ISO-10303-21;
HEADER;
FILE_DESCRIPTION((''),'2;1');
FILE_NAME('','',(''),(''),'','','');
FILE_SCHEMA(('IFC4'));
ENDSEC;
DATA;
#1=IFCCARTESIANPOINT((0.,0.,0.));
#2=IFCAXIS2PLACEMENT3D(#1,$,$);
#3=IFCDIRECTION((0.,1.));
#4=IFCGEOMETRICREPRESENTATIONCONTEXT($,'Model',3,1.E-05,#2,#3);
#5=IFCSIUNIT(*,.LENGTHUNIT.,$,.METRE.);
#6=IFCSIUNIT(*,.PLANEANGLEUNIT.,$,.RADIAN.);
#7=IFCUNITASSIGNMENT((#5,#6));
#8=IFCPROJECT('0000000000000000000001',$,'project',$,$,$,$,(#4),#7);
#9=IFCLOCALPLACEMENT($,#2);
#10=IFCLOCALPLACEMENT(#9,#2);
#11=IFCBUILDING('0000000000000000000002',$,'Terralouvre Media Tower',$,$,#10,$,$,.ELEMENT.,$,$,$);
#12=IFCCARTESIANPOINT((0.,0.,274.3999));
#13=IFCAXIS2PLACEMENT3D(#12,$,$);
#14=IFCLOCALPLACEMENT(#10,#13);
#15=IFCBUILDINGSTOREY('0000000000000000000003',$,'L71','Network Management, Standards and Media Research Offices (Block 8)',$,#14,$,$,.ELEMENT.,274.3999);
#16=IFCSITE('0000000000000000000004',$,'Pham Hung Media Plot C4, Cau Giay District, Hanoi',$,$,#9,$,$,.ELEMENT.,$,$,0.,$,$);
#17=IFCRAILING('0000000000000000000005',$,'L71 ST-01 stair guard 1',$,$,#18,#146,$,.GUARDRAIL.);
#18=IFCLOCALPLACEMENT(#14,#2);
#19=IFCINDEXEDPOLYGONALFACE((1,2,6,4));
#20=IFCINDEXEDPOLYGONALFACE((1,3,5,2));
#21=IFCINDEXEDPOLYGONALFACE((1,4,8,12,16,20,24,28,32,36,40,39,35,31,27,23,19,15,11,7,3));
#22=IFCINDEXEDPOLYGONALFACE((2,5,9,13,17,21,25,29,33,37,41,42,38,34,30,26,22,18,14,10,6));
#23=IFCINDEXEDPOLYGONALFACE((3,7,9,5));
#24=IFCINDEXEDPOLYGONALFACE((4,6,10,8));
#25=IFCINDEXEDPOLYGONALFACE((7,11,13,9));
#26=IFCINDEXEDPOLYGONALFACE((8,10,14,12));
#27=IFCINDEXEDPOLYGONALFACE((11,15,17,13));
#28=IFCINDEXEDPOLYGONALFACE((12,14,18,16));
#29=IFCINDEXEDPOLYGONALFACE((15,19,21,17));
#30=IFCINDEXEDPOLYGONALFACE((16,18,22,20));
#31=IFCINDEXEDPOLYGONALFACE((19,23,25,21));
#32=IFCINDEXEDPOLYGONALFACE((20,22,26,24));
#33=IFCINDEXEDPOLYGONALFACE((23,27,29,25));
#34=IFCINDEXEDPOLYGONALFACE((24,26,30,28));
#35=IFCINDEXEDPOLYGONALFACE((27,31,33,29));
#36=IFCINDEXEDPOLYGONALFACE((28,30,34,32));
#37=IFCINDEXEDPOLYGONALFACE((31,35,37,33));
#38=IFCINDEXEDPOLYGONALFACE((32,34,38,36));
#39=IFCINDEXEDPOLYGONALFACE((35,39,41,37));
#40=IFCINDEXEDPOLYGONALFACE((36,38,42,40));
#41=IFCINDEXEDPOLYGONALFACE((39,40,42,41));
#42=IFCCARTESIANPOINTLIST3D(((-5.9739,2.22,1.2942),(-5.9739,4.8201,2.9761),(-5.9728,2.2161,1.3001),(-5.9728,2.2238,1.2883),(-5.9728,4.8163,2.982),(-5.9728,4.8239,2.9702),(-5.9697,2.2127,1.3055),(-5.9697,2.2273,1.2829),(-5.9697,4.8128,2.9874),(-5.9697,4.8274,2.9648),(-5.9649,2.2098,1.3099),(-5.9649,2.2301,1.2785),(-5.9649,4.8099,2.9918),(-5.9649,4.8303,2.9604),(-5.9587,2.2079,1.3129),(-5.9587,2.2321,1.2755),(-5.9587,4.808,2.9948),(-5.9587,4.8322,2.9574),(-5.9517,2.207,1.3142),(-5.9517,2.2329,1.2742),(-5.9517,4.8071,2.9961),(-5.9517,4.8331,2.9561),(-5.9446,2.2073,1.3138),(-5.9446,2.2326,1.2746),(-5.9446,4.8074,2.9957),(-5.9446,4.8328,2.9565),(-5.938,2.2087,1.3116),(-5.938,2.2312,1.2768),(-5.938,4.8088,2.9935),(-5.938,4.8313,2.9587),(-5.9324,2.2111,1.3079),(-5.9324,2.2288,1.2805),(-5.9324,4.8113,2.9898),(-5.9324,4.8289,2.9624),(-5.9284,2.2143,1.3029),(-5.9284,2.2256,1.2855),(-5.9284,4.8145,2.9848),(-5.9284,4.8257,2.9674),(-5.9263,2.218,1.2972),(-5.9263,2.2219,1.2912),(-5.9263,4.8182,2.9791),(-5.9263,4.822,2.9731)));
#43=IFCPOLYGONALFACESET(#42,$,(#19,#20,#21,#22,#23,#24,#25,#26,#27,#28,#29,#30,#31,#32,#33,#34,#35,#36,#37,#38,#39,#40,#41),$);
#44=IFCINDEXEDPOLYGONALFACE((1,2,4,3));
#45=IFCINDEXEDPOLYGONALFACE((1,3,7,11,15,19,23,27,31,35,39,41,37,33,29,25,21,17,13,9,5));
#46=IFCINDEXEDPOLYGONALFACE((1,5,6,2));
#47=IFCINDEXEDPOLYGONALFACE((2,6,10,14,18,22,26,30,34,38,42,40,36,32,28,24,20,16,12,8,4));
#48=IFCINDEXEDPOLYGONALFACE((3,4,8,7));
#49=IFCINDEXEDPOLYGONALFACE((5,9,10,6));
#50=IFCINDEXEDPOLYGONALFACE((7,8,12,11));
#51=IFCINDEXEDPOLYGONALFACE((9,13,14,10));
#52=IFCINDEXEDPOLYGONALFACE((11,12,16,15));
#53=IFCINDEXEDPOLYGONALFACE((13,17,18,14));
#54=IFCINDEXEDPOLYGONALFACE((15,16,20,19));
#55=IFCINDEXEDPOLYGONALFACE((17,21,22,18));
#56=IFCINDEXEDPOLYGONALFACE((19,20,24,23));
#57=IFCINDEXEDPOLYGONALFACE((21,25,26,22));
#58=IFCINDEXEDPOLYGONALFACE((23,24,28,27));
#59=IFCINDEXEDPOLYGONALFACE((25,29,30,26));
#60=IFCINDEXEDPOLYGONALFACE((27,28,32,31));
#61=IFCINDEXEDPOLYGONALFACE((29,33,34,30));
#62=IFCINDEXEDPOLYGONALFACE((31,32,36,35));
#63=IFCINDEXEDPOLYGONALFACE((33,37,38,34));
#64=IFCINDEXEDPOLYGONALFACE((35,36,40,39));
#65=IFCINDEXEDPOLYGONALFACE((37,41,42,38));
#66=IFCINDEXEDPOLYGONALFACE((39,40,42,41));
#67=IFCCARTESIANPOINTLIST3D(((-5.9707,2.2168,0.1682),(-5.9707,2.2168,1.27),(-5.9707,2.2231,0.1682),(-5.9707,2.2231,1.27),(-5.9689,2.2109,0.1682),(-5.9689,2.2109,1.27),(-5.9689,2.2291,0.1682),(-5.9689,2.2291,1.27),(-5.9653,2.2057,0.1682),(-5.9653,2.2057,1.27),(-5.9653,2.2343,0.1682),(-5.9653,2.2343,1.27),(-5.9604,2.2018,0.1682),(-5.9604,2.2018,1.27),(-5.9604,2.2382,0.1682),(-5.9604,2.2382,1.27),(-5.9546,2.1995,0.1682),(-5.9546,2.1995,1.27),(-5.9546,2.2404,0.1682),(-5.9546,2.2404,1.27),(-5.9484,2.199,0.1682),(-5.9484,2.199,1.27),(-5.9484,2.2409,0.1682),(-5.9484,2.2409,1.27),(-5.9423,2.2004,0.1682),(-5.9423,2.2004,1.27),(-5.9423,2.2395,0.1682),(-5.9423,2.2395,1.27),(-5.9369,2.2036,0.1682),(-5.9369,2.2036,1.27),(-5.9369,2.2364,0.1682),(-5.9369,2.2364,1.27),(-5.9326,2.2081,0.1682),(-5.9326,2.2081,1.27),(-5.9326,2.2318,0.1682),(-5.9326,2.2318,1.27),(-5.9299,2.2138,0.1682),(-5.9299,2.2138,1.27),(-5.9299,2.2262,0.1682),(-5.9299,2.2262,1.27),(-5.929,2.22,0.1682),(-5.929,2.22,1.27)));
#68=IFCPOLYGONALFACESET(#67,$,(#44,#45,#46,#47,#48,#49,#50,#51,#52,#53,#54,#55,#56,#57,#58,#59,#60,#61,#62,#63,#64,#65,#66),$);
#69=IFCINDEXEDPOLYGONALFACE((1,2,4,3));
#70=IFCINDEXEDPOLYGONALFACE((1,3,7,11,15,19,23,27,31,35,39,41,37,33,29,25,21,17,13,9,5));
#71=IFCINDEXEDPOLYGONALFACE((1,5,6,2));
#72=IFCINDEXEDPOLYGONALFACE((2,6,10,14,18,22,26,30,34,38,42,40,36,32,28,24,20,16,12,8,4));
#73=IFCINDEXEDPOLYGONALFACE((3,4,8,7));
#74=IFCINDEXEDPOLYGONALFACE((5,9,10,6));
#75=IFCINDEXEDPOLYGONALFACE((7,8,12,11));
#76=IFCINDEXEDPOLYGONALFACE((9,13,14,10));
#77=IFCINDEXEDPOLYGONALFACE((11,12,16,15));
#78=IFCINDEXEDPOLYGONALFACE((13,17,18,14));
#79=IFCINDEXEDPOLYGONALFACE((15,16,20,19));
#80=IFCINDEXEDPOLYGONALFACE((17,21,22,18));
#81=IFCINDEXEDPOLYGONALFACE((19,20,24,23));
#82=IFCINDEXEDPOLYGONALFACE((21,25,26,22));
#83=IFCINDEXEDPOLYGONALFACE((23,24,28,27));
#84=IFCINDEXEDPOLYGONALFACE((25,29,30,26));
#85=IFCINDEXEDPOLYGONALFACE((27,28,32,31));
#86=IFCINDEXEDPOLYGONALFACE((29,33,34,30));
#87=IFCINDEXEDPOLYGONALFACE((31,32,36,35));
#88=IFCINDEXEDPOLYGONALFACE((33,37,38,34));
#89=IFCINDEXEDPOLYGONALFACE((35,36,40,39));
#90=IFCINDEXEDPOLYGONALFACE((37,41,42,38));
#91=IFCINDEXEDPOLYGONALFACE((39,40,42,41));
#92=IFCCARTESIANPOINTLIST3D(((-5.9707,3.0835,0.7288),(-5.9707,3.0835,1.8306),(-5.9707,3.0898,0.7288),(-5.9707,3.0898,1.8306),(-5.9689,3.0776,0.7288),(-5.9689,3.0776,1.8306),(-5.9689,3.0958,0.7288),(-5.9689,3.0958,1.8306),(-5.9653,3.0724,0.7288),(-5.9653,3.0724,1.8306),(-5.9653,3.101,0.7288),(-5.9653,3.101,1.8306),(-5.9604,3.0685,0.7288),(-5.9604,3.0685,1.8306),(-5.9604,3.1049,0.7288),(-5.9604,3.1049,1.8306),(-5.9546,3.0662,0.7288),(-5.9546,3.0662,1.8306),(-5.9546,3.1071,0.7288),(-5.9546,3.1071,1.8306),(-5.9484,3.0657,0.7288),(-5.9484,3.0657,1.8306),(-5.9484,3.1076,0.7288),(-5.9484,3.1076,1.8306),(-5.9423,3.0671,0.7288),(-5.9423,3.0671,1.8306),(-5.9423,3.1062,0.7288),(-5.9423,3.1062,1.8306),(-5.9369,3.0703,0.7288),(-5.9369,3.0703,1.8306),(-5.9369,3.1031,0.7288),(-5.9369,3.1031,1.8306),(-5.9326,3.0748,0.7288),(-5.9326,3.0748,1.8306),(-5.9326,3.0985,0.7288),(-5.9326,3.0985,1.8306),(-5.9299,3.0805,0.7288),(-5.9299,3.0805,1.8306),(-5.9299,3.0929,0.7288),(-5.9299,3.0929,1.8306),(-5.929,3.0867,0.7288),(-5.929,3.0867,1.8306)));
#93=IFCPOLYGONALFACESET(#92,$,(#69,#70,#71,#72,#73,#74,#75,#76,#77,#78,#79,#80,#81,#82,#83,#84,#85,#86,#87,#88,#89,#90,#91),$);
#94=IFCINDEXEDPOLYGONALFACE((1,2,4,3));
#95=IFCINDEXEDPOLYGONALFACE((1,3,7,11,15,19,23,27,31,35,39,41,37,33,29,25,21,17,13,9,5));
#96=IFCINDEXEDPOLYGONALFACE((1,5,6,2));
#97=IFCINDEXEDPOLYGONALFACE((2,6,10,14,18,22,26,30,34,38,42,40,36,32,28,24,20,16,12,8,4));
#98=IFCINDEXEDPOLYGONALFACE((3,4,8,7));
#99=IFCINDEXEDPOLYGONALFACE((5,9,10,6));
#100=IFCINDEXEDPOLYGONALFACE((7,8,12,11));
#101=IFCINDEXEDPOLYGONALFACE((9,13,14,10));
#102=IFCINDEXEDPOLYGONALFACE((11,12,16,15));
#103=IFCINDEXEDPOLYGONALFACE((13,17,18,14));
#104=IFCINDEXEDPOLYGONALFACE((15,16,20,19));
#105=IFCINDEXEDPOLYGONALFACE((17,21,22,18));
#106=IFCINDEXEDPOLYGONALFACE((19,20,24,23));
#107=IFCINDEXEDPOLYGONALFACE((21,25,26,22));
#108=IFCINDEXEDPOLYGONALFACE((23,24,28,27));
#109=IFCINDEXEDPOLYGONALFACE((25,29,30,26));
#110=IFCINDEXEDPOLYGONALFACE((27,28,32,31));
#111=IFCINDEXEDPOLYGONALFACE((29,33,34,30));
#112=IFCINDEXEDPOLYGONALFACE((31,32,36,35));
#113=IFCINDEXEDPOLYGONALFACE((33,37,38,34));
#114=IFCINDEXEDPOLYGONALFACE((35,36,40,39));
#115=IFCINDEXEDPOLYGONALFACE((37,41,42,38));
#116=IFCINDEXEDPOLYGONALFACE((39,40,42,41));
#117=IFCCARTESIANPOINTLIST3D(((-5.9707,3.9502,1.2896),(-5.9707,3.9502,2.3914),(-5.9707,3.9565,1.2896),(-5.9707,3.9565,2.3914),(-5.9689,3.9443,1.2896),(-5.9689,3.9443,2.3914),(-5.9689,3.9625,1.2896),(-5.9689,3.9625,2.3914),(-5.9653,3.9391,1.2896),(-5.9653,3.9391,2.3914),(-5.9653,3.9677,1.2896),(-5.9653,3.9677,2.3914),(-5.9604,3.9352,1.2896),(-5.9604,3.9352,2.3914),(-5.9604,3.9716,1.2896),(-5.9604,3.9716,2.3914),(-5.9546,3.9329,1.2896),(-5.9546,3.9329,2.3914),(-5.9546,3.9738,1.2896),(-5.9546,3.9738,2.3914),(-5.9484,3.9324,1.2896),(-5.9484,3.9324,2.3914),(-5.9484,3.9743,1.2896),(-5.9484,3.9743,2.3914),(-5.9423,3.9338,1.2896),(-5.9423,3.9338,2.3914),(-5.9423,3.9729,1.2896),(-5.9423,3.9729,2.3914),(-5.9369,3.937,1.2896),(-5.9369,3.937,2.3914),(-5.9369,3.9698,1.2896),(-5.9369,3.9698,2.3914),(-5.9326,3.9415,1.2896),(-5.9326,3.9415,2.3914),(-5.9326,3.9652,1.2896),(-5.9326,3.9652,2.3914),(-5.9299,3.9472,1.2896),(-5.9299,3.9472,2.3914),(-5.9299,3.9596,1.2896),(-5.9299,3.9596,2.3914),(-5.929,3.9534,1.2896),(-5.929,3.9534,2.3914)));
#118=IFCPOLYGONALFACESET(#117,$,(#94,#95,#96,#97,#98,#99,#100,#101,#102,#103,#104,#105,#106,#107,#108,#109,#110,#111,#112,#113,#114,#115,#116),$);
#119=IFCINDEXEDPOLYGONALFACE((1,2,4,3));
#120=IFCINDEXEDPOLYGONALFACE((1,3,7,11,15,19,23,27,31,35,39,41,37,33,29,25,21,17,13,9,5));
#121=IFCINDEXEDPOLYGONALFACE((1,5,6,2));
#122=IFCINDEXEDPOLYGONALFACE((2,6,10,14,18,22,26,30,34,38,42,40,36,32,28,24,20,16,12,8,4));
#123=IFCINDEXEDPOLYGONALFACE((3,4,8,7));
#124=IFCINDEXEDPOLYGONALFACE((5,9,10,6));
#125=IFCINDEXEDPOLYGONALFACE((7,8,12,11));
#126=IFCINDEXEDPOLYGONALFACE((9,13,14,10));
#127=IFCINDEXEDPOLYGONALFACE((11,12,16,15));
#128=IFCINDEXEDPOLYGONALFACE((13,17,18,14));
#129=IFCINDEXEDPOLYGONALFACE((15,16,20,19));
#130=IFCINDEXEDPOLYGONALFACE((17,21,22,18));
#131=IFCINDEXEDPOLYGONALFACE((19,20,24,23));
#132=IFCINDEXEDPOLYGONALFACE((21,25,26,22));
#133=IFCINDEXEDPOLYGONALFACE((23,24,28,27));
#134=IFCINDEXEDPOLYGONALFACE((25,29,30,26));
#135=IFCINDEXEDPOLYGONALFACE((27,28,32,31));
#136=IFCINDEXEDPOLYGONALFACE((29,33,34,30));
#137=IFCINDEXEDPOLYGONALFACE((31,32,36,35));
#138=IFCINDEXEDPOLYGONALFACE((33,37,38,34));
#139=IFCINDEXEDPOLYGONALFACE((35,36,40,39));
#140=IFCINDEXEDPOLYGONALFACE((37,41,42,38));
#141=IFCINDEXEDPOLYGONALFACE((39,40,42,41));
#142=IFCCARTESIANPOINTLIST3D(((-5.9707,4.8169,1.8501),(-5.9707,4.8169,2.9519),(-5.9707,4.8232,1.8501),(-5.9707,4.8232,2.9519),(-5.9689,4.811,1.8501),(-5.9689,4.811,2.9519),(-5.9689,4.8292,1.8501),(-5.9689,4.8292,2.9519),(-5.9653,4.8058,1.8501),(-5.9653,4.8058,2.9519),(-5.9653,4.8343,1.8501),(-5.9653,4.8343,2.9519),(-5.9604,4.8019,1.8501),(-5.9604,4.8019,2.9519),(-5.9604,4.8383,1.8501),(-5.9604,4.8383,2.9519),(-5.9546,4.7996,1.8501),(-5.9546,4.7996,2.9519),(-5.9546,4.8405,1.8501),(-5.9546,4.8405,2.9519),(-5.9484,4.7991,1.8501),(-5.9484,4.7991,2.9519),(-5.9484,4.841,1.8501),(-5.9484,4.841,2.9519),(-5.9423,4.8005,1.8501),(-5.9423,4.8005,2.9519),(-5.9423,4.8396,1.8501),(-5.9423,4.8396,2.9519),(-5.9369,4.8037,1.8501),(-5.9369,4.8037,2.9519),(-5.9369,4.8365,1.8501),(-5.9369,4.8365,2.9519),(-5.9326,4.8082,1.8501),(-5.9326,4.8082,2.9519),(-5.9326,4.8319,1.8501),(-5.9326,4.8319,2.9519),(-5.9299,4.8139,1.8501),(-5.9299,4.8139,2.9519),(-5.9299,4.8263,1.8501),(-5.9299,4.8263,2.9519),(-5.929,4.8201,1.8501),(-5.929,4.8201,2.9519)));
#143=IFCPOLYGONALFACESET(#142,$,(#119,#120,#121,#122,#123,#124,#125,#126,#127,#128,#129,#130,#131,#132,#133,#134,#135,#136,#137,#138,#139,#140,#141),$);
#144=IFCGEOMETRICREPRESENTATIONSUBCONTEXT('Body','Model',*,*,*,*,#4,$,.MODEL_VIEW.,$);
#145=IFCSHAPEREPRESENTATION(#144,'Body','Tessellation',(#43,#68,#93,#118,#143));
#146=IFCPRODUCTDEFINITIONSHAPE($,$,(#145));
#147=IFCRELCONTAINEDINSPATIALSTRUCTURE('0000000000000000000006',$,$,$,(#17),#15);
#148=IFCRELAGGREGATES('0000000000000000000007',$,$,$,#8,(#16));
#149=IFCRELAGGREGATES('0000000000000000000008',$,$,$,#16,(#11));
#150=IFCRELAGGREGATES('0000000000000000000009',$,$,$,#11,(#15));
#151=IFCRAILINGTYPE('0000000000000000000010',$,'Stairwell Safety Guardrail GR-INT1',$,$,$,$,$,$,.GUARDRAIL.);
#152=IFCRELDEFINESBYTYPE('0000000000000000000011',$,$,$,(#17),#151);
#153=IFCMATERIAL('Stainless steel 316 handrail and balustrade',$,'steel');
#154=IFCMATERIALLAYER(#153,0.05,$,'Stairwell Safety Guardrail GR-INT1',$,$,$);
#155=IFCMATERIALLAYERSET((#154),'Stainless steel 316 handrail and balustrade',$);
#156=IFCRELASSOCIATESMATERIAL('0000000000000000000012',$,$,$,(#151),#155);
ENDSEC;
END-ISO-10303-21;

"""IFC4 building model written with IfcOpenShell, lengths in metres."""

from ifc_helpers import new_model, si_unit, direction, frame, origin, origin_2d, place, context, subcontext, project, spatial, circle, extrude, material, layer, layer_set, type_object, element, save


model = new_model("IFC4")

# Units and contexts
model_context = context("Model", 3, precision=1e-05, world=origin(), true_north=direction((0.0, 1.0)))
body_context = subcontext(model_context, "Body", "Model", "MODEL_VIEW")
ifc_project = project(units=[si_unit("LENGTHUNIT", "METRE"), si_unit("PLANEANGLEUNIT", "RADIAN")], contexts=[model_context])

# Site, building, storey
site_placement = place(None, origin())
site = spatial("IfcSite", under=ifc_project, at=site_placement, Name="Pham Hung Media Plot C4, Cau Giay District, Hanoi", CompositionType="ELEMENT", RefElevation=0.0)
building_placement = place(site_placement, origin())
building = spatial("IfcBuilding", under=site, at=building_placement, Name="Terralouvre Media Tower", CompositionType="ELEMENT")
storey_placement = place(building_placement, frame((0.0, 0.0, 274.3999)))
storey = spatial("IfcBuildingStorey", under=building, at=storey_placement, Name="L71", Description="Network Management, Standards and Media Research Offices (Block 8)", CompositionType="ELEMENT", Elevation=274.3999)

# Railing
ifc_material_1 = material(Name="Stainless steel 316 handrail and balustrade", Category="steel")
ifc_layer_1 = layer(ifc_material_1, 0.05, Name="Stairwell Safety Guardrail GR-INT1")
ifc_layer_set_1 = layer_set([ifc_layer_1], Name="Stainless steel 316 handrail and balustrade")
railing_type_1 = type_object("IfcRailingType", Name="Stairwell Safety Guardrail GR-INT1", PredefinedType="GUARDRAIL", material=ifc_layer_set_1)
railing_1_placement = place(storey_placement, frame((-5.95, 2.22, 0.1682)))
element("IfcRailing", 1, at=railing_1_placement, inside=storey, type_object=railing_type_1, Name="L71 ST-01 stair guard 1", PredefinedType="GUARDRAIL", context=body_context, shape_type="SweptSolid", body=[
    extrude(circle(Radius=0.0239, at=origin_2d()), frame((0.0, 0.0, 1.126), z_axis=(0.0, 0.839648, 0.54313), x_axis=(-1.0, 0.0, 0.0)), (0.0, 0.0, 1.0), 3.0967),
    extrude(circle(Radius=0.021, at=origin_2d()), origin(), (0.0, 0.0, 1.0), 1.1018),
    extrude(circle(Radius=0.021, at=origin_2d()), frame((0.0, 0.8667, 0.5605)), (0.0, 0.0, 1.0), 1.1018),
    extrude(circle(Radius=0.021, at=origin_2d()), frame((0.0, 1.7334, 1.1213)), (0.0, 0.0, 1.0), 1.1018),
    extrude(circle(Radius=0.021, at=origin_2d()), frame((0.0, 2.6001, 1.6819)), (0.0, 0.0, 1.0), 1.1018),
])

save(model, "model.ifc")
